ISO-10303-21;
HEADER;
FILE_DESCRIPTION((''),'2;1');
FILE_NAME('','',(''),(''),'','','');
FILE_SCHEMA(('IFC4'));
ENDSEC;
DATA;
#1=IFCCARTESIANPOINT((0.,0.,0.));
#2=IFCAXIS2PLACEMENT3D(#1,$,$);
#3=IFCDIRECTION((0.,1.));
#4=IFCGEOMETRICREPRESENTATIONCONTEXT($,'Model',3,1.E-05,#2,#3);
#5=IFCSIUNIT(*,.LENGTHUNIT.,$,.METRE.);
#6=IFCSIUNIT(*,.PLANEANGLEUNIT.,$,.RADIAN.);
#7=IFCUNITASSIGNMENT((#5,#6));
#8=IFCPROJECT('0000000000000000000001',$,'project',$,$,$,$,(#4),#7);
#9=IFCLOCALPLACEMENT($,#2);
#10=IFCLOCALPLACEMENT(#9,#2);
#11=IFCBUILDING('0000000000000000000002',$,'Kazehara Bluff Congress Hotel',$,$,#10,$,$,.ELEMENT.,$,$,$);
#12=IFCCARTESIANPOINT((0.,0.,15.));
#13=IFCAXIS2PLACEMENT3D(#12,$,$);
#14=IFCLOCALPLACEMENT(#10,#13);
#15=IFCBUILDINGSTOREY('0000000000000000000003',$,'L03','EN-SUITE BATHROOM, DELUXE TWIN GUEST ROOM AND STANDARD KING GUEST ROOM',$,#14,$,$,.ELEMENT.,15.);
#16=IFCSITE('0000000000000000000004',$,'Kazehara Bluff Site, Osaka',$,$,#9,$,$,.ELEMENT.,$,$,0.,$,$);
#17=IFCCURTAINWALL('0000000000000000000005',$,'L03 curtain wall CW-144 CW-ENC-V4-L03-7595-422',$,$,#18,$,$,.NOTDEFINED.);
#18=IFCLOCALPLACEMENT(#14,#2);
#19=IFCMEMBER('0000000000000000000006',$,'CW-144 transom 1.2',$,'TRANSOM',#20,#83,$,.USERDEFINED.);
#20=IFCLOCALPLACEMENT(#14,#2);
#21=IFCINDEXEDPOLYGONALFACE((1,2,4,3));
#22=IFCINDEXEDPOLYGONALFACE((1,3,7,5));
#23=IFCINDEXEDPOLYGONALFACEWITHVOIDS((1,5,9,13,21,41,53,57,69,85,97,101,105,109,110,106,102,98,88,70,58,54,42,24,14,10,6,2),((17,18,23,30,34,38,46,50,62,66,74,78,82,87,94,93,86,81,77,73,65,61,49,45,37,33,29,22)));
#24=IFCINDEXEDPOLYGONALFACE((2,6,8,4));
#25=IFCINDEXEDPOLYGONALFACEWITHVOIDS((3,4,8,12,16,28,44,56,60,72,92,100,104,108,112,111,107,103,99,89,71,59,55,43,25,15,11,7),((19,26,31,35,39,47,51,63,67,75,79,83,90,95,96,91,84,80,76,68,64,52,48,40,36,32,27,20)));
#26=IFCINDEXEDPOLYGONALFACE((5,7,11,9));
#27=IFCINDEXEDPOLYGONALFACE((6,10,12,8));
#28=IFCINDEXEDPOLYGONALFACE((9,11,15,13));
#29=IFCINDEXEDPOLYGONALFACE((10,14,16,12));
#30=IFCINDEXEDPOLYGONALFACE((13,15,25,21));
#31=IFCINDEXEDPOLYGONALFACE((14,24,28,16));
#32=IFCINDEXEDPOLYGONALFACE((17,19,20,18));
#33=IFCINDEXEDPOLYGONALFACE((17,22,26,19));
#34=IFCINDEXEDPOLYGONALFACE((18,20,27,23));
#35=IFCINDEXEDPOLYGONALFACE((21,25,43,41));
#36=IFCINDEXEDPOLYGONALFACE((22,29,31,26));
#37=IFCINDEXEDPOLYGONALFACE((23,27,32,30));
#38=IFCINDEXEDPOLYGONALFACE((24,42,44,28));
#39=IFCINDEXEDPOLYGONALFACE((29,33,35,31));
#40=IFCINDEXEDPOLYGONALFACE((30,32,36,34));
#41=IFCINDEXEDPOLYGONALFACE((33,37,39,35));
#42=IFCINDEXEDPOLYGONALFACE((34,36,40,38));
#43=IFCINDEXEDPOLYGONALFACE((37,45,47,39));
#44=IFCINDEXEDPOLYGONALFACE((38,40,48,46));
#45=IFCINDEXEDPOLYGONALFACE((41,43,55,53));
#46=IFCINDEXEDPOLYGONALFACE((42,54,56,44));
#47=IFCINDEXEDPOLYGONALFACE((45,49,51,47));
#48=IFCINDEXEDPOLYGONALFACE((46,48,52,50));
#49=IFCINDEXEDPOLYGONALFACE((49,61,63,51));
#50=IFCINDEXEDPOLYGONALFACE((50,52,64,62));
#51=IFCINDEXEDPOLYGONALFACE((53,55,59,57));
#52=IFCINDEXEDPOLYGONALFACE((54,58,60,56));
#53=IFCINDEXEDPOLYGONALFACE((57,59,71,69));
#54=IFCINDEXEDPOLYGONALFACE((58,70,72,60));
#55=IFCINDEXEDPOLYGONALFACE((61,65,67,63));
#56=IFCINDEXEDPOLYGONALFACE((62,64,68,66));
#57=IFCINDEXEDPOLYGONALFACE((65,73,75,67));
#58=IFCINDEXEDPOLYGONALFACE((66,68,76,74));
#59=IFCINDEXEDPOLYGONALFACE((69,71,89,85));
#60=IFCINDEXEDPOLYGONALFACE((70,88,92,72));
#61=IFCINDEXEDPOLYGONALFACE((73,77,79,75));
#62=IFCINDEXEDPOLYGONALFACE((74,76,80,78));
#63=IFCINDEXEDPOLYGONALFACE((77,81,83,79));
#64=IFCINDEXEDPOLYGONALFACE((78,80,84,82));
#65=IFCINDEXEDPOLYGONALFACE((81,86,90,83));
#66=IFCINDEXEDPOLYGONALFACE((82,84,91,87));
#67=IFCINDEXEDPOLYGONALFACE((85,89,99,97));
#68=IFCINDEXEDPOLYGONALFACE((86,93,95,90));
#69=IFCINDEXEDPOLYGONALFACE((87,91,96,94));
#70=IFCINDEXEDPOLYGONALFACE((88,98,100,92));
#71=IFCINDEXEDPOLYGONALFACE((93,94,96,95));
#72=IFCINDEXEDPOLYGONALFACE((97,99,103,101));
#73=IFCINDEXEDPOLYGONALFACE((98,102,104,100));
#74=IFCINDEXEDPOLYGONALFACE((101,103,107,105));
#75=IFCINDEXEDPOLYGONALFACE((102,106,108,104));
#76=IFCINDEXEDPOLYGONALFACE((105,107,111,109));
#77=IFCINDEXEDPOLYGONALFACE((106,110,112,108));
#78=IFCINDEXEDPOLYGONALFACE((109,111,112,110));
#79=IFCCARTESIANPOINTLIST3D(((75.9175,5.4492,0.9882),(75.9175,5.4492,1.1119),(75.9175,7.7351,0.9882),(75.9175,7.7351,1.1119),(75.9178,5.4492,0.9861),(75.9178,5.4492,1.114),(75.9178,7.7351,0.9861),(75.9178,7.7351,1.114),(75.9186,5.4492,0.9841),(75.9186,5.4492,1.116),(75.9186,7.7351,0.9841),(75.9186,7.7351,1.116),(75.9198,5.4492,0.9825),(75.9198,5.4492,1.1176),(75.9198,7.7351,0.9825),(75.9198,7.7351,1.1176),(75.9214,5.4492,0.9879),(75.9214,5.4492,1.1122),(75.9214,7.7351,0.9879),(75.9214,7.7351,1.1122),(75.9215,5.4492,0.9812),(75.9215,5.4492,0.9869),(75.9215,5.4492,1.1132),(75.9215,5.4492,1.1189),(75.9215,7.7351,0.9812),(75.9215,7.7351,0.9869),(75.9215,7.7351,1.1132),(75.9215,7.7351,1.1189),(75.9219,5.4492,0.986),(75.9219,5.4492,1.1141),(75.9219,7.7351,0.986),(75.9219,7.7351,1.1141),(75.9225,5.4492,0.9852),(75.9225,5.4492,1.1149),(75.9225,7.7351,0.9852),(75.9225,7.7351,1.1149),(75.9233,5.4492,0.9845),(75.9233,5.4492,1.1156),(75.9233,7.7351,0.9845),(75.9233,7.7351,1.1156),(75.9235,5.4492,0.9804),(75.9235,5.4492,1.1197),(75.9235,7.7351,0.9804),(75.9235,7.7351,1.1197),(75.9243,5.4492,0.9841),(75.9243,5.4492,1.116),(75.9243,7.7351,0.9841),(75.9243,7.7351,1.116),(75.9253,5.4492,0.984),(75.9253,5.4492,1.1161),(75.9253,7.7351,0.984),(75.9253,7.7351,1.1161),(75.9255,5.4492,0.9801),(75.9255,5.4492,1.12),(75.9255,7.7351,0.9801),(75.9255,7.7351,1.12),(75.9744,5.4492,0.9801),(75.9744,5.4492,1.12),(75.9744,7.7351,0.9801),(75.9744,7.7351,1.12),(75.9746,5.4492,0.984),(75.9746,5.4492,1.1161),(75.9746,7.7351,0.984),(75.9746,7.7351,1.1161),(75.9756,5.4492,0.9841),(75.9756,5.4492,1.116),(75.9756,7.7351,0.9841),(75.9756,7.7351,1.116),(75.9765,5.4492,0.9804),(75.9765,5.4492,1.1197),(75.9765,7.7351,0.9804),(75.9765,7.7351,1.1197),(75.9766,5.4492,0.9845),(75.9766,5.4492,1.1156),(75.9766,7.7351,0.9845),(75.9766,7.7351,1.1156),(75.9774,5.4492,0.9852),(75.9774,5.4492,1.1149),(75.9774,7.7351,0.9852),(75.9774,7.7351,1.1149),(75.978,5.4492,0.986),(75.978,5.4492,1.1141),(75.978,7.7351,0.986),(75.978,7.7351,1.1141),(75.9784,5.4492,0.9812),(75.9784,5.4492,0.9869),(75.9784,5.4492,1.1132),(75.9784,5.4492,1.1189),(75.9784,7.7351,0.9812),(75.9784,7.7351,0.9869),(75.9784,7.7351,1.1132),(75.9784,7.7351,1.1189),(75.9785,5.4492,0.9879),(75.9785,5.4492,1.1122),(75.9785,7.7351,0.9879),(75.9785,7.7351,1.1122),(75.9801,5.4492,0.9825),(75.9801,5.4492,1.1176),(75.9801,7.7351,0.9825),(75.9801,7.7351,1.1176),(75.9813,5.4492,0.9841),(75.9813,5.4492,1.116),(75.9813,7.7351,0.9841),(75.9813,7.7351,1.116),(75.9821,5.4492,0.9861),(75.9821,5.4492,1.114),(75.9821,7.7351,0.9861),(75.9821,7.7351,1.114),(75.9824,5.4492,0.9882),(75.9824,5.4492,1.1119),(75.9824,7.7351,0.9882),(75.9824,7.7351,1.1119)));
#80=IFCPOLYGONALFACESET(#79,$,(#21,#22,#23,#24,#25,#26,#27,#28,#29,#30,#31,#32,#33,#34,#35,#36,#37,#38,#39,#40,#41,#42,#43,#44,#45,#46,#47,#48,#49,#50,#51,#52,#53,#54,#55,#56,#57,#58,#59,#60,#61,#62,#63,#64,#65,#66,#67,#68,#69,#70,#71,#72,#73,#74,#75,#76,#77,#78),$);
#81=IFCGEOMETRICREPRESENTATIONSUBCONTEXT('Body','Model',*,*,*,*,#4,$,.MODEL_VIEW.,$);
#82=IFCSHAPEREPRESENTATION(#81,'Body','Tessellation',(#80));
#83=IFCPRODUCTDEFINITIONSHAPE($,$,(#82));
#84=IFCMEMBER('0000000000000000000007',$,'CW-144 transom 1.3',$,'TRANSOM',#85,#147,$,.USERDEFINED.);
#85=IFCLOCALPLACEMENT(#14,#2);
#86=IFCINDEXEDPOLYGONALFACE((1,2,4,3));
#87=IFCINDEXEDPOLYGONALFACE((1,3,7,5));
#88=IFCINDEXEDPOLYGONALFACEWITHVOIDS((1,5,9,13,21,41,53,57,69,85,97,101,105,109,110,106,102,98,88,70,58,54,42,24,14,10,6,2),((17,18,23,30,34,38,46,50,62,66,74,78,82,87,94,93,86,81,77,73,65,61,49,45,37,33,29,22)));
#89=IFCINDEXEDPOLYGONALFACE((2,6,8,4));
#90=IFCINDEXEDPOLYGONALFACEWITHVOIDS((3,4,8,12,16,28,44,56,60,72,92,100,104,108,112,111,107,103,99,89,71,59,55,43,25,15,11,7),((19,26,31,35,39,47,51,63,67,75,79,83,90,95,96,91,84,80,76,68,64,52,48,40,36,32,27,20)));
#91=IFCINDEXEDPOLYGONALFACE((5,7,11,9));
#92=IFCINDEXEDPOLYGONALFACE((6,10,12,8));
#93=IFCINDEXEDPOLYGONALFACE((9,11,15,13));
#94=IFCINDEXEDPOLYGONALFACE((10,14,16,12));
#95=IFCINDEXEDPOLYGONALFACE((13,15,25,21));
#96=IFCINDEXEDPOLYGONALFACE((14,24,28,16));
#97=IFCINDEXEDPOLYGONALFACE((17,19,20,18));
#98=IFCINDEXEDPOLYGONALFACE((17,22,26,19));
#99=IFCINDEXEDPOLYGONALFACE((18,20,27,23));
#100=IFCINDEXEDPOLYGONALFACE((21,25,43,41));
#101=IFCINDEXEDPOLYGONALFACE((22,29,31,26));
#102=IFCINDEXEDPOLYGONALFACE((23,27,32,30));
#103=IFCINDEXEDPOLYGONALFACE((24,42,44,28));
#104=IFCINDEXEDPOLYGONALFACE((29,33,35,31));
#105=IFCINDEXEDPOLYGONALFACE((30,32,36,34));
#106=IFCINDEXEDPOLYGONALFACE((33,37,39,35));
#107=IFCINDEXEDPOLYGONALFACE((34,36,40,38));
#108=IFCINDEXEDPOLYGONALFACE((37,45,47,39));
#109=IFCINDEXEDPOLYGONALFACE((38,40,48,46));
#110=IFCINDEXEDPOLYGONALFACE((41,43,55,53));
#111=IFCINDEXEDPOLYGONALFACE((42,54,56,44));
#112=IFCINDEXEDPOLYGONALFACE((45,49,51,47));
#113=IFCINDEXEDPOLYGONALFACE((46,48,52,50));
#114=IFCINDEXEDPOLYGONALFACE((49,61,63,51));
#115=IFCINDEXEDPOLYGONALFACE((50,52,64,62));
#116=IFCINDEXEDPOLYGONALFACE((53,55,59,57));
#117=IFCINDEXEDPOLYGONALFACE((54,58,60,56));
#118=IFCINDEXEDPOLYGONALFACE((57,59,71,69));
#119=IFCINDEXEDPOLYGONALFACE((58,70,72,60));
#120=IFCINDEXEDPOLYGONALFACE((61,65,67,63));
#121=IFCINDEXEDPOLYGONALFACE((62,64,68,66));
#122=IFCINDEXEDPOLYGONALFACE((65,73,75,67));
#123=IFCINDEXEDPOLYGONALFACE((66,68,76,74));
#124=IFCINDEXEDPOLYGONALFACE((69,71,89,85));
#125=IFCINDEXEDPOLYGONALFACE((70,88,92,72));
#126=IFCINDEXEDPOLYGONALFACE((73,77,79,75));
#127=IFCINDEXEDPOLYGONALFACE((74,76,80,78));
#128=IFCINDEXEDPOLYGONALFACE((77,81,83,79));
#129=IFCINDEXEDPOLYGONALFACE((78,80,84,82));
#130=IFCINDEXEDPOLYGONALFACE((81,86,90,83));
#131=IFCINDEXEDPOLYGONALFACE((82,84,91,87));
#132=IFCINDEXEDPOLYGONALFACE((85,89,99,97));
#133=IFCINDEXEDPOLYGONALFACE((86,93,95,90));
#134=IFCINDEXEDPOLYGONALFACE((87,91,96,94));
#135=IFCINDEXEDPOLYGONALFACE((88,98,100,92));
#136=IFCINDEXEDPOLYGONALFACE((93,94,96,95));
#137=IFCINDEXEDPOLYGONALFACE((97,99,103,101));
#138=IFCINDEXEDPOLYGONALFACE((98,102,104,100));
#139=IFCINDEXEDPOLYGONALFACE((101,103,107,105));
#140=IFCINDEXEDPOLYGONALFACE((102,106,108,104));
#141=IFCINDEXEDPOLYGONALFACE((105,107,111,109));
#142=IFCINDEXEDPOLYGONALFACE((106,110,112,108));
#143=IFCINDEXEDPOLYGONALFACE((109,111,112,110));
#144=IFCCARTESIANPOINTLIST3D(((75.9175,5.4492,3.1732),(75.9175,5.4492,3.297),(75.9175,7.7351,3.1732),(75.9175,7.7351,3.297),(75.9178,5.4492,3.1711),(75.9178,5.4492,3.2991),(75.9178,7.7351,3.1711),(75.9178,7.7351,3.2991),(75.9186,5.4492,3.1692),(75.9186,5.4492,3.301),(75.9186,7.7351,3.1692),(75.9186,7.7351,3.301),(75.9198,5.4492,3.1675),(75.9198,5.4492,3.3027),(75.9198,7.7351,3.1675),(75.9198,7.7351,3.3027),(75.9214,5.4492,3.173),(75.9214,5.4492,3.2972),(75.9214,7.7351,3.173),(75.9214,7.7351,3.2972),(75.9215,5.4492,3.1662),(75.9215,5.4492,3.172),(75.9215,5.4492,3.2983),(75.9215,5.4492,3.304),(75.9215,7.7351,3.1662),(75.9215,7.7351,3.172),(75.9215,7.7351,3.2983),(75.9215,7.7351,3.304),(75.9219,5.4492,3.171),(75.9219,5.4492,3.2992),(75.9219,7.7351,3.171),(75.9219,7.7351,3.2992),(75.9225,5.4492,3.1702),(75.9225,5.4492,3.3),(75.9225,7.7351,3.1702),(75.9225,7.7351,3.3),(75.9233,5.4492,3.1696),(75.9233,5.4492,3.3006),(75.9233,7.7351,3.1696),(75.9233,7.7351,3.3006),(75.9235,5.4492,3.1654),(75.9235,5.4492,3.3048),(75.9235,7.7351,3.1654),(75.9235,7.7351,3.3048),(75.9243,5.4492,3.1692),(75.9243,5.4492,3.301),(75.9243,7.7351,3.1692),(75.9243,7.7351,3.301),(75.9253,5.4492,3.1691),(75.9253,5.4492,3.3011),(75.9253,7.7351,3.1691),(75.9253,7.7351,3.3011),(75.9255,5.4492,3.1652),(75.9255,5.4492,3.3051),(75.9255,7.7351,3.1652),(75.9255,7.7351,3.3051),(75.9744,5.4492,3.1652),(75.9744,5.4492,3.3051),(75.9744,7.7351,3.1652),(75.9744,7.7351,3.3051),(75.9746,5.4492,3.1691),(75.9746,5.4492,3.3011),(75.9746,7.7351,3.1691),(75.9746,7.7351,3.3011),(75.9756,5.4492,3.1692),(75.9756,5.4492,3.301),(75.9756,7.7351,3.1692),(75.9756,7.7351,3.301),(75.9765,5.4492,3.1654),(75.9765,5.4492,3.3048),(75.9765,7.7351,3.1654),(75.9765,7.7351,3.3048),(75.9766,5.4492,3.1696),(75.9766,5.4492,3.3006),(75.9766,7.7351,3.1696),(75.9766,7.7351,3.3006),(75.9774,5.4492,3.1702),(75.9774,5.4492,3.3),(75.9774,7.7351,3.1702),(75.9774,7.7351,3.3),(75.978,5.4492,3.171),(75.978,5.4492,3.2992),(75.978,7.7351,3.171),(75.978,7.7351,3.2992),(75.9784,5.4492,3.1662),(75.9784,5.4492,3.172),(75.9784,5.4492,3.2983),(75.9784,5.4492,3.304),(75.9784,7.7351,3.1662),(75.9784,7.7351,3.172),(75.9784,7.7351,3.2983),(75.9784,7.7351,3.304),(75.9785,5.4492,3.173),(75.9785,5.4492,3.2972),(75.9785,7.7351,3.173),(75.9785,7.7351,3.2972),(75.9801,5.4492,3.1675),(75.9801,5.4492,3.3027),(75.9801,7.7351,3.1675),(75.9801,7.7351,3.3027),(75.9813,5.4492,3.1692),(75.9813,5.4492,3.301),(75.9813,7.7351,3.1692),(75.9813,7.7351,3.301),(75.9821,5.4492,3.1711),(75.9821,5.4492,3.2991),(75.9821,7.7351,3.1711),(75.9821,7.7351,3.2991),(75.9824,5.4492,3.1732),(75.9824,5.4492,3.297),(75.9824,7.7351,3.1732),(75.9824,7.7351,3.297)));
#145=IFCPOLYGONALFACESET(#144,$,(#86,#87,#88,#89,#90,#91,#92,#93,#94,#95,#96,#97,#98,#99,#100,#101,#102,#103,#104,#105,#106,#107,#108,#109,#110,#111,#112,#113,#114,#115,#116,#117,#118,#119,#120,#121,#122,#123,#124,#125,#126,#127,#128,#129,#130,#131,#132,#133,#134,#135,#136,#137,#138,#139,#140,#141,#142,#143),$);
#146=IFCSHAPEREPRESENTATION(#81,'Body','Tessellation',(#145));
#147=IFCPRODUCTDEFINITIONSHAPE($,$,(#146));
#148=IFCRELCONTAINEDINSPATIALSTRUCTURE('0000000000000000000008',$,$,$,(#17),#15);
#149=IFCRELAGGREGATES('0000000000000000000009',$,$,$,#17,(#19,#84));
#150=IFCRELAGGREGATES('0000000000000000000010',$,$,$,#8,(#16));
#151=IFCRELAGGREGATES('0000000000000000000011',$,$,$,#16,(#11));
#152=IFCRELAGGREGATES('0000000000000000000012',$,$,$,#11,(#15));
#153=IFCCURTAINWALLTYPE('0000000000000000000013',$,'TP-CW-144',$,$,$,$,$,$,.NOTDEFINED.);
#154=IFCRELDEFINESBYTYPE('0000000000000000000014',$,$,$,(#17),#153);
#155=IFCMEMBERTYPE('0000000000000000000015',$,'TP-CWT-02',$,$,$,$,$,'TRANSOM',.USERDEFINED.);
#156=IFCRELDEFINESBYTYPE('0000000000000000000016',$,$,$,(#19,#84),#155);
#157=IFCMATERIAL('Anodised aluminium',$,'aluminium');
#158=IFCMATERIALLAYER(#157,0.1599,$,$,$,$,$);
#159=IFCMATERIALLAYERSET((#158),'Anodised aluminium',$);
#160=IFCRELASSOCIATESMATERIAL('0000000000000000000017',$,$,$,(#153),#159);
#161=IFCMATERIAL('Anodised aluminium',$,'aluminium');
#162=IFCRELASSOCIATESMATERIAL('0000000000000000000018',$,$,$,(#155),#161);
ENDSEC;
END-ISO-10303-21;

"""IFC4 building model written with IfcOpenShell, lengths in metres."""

from ifc_helpers import new_model, si_unit, direction, frame, origin, origin_2d, place, context, subcontext, project, spatial, hollow_rectangle, extrude, material, layer, layer_set, material_profile, profile_set, type_object, element, aggregate, save


model = new_model("IFC4")

# Units and contexts
model_context = context("Model", 3, precision=1e-05, world=origin(), true_north=direction((0.0, 1.0)))
body_context = subcontext(model_context, "Body", "Model", "MODEL_VIEW")
ifc_project = project(units=[si_unit("LENGTHUNIT", "METRE"), si_unit("PLANEANGLEUNIT", "RADIAN")], contexts=[model_context])

# Site, building, storey
site_placement = place(None, origin())
site = spatial("IfcSite", under=ifc_project, at=site_placement, Name="Kazehara Bluff Site, Osaka", CompositionType="ELEMENT", RefElevation=0.0)
building_placement = place(site_placement, origin())
building = spatial("IfcBuilding", under=site, at=building_placement, Name="Kazehara Bluff Congress Hotel", CompositionType="ELEMENT")
storey_placement = place(building_placement, frame((0.0, 0.0, 15.0)))
storey = spatial("IfcBuildingStorey", under=building, at=storey_placement, Name="L03", Description="EN-SUITE BATHROOM, DELUXE TWIN GUEST ROOM AND STANDARD KING GUEST ROOM", CompositionType="ELEMENT", Elevation=15.0)

# Curtain wall
ifc_material_1 = material(Name="Anodised aluminium", Category="aluminium")
ifc_layer_1 = layer(ifc_material_1, 0.1599)
ifc_layer_set_1 = layer_set([ifc_layer_1], Name="Anodised aluminium")
curtain_wall_type_1 = type_object("IfcCurtainWallType", Name="TP-CW-144", PredefinedType="NOTDEFINED", material=ifc_layer_set_1)
curtain_wall_1_placement = place(storey_placement, origin())
curtain_wall_1 = element("IfcCurtainWall", 1, at=curtain_wall_1_placement, inside=storey, type_object=curtain_wall_type_1, Name="L03 curtain wall CW-144 CW-ENC-V4-L03-7595-422", PredefinedType="NOTDEFINED")

# Members
ifc_material_2 = material(Name="Anodised aluminium", Category="aluminium")
ifc_material_profile_1 = material_profile(ifc_material_2, hollow_rectangle(XDim=0.0649, YDim=0.1399, WallThickness=0.0039, InnerFilletRadius=0.0039, OuterFilletRadius=0.0081, at=origin_2d()))
ifc_profile_set_1 = profile_set([ifc_material_profile_1], Name="Anodised aluminium")
member_type_1 = type_object("IfcMemberType", Name="TP-CWT-02", ElementType="TRANSOM", PredefinedType="USERDEFINED", material=ifc_profile_set_1)
member_1_placement = place(storey_placement, frame((75.95, 7.7351, 1.05), z_axis=(0.0, -1.0, 0.0), x_axis=(1.0, 0.0, 0.0)))
member_1 = element("IfcMember", 2, at=member_1_placement, type_object=member_type_1, Name="CW-144 transom 1.2", ObjectType="TRANSOM", PredefinedType="USERDEFINED", context=body_context, shape_type="SweptSolid", body=[
    extrude(hollow_rectangle(XDim=0.0649, YDim=0.1399, WallThickness=0.0039, InnerFilletRadius=0.0039, OuterFilletRadius=0.0081, at=origin_2d()), origin(), (0.0, 0.0, 1.0), 2.2859),
])
member_2_placement = place(storey_placement, frame((75.95, 7.7351, 3.2351), z_axis=(0.0, -1.0, 0.0), x_axis=(1.0, 0.0, 0.0)))
member_2 = element("IfcMember", 3, at=member_2_placement, type_object=member_type_1, Name="CW-144 transom 1.3", ObjectType="TRANSOM", PredefinedType="USERDEFINED", context=body_context, shape_type="SweptSolid", body=[
    extrude(hollow_rectangle(XDim=0.0649, YDim=0.1399, WallThickness=0.0039, InnerFilletRadius=0.0039, OuterFilletRadius=0.0081, at=origin_2d()), origin(), (0.0, 0.0, 1.0), 2.2859),
])

aggregate(curtain_wall_1, [member_1, member_2])

save(model, "model.ifc")
